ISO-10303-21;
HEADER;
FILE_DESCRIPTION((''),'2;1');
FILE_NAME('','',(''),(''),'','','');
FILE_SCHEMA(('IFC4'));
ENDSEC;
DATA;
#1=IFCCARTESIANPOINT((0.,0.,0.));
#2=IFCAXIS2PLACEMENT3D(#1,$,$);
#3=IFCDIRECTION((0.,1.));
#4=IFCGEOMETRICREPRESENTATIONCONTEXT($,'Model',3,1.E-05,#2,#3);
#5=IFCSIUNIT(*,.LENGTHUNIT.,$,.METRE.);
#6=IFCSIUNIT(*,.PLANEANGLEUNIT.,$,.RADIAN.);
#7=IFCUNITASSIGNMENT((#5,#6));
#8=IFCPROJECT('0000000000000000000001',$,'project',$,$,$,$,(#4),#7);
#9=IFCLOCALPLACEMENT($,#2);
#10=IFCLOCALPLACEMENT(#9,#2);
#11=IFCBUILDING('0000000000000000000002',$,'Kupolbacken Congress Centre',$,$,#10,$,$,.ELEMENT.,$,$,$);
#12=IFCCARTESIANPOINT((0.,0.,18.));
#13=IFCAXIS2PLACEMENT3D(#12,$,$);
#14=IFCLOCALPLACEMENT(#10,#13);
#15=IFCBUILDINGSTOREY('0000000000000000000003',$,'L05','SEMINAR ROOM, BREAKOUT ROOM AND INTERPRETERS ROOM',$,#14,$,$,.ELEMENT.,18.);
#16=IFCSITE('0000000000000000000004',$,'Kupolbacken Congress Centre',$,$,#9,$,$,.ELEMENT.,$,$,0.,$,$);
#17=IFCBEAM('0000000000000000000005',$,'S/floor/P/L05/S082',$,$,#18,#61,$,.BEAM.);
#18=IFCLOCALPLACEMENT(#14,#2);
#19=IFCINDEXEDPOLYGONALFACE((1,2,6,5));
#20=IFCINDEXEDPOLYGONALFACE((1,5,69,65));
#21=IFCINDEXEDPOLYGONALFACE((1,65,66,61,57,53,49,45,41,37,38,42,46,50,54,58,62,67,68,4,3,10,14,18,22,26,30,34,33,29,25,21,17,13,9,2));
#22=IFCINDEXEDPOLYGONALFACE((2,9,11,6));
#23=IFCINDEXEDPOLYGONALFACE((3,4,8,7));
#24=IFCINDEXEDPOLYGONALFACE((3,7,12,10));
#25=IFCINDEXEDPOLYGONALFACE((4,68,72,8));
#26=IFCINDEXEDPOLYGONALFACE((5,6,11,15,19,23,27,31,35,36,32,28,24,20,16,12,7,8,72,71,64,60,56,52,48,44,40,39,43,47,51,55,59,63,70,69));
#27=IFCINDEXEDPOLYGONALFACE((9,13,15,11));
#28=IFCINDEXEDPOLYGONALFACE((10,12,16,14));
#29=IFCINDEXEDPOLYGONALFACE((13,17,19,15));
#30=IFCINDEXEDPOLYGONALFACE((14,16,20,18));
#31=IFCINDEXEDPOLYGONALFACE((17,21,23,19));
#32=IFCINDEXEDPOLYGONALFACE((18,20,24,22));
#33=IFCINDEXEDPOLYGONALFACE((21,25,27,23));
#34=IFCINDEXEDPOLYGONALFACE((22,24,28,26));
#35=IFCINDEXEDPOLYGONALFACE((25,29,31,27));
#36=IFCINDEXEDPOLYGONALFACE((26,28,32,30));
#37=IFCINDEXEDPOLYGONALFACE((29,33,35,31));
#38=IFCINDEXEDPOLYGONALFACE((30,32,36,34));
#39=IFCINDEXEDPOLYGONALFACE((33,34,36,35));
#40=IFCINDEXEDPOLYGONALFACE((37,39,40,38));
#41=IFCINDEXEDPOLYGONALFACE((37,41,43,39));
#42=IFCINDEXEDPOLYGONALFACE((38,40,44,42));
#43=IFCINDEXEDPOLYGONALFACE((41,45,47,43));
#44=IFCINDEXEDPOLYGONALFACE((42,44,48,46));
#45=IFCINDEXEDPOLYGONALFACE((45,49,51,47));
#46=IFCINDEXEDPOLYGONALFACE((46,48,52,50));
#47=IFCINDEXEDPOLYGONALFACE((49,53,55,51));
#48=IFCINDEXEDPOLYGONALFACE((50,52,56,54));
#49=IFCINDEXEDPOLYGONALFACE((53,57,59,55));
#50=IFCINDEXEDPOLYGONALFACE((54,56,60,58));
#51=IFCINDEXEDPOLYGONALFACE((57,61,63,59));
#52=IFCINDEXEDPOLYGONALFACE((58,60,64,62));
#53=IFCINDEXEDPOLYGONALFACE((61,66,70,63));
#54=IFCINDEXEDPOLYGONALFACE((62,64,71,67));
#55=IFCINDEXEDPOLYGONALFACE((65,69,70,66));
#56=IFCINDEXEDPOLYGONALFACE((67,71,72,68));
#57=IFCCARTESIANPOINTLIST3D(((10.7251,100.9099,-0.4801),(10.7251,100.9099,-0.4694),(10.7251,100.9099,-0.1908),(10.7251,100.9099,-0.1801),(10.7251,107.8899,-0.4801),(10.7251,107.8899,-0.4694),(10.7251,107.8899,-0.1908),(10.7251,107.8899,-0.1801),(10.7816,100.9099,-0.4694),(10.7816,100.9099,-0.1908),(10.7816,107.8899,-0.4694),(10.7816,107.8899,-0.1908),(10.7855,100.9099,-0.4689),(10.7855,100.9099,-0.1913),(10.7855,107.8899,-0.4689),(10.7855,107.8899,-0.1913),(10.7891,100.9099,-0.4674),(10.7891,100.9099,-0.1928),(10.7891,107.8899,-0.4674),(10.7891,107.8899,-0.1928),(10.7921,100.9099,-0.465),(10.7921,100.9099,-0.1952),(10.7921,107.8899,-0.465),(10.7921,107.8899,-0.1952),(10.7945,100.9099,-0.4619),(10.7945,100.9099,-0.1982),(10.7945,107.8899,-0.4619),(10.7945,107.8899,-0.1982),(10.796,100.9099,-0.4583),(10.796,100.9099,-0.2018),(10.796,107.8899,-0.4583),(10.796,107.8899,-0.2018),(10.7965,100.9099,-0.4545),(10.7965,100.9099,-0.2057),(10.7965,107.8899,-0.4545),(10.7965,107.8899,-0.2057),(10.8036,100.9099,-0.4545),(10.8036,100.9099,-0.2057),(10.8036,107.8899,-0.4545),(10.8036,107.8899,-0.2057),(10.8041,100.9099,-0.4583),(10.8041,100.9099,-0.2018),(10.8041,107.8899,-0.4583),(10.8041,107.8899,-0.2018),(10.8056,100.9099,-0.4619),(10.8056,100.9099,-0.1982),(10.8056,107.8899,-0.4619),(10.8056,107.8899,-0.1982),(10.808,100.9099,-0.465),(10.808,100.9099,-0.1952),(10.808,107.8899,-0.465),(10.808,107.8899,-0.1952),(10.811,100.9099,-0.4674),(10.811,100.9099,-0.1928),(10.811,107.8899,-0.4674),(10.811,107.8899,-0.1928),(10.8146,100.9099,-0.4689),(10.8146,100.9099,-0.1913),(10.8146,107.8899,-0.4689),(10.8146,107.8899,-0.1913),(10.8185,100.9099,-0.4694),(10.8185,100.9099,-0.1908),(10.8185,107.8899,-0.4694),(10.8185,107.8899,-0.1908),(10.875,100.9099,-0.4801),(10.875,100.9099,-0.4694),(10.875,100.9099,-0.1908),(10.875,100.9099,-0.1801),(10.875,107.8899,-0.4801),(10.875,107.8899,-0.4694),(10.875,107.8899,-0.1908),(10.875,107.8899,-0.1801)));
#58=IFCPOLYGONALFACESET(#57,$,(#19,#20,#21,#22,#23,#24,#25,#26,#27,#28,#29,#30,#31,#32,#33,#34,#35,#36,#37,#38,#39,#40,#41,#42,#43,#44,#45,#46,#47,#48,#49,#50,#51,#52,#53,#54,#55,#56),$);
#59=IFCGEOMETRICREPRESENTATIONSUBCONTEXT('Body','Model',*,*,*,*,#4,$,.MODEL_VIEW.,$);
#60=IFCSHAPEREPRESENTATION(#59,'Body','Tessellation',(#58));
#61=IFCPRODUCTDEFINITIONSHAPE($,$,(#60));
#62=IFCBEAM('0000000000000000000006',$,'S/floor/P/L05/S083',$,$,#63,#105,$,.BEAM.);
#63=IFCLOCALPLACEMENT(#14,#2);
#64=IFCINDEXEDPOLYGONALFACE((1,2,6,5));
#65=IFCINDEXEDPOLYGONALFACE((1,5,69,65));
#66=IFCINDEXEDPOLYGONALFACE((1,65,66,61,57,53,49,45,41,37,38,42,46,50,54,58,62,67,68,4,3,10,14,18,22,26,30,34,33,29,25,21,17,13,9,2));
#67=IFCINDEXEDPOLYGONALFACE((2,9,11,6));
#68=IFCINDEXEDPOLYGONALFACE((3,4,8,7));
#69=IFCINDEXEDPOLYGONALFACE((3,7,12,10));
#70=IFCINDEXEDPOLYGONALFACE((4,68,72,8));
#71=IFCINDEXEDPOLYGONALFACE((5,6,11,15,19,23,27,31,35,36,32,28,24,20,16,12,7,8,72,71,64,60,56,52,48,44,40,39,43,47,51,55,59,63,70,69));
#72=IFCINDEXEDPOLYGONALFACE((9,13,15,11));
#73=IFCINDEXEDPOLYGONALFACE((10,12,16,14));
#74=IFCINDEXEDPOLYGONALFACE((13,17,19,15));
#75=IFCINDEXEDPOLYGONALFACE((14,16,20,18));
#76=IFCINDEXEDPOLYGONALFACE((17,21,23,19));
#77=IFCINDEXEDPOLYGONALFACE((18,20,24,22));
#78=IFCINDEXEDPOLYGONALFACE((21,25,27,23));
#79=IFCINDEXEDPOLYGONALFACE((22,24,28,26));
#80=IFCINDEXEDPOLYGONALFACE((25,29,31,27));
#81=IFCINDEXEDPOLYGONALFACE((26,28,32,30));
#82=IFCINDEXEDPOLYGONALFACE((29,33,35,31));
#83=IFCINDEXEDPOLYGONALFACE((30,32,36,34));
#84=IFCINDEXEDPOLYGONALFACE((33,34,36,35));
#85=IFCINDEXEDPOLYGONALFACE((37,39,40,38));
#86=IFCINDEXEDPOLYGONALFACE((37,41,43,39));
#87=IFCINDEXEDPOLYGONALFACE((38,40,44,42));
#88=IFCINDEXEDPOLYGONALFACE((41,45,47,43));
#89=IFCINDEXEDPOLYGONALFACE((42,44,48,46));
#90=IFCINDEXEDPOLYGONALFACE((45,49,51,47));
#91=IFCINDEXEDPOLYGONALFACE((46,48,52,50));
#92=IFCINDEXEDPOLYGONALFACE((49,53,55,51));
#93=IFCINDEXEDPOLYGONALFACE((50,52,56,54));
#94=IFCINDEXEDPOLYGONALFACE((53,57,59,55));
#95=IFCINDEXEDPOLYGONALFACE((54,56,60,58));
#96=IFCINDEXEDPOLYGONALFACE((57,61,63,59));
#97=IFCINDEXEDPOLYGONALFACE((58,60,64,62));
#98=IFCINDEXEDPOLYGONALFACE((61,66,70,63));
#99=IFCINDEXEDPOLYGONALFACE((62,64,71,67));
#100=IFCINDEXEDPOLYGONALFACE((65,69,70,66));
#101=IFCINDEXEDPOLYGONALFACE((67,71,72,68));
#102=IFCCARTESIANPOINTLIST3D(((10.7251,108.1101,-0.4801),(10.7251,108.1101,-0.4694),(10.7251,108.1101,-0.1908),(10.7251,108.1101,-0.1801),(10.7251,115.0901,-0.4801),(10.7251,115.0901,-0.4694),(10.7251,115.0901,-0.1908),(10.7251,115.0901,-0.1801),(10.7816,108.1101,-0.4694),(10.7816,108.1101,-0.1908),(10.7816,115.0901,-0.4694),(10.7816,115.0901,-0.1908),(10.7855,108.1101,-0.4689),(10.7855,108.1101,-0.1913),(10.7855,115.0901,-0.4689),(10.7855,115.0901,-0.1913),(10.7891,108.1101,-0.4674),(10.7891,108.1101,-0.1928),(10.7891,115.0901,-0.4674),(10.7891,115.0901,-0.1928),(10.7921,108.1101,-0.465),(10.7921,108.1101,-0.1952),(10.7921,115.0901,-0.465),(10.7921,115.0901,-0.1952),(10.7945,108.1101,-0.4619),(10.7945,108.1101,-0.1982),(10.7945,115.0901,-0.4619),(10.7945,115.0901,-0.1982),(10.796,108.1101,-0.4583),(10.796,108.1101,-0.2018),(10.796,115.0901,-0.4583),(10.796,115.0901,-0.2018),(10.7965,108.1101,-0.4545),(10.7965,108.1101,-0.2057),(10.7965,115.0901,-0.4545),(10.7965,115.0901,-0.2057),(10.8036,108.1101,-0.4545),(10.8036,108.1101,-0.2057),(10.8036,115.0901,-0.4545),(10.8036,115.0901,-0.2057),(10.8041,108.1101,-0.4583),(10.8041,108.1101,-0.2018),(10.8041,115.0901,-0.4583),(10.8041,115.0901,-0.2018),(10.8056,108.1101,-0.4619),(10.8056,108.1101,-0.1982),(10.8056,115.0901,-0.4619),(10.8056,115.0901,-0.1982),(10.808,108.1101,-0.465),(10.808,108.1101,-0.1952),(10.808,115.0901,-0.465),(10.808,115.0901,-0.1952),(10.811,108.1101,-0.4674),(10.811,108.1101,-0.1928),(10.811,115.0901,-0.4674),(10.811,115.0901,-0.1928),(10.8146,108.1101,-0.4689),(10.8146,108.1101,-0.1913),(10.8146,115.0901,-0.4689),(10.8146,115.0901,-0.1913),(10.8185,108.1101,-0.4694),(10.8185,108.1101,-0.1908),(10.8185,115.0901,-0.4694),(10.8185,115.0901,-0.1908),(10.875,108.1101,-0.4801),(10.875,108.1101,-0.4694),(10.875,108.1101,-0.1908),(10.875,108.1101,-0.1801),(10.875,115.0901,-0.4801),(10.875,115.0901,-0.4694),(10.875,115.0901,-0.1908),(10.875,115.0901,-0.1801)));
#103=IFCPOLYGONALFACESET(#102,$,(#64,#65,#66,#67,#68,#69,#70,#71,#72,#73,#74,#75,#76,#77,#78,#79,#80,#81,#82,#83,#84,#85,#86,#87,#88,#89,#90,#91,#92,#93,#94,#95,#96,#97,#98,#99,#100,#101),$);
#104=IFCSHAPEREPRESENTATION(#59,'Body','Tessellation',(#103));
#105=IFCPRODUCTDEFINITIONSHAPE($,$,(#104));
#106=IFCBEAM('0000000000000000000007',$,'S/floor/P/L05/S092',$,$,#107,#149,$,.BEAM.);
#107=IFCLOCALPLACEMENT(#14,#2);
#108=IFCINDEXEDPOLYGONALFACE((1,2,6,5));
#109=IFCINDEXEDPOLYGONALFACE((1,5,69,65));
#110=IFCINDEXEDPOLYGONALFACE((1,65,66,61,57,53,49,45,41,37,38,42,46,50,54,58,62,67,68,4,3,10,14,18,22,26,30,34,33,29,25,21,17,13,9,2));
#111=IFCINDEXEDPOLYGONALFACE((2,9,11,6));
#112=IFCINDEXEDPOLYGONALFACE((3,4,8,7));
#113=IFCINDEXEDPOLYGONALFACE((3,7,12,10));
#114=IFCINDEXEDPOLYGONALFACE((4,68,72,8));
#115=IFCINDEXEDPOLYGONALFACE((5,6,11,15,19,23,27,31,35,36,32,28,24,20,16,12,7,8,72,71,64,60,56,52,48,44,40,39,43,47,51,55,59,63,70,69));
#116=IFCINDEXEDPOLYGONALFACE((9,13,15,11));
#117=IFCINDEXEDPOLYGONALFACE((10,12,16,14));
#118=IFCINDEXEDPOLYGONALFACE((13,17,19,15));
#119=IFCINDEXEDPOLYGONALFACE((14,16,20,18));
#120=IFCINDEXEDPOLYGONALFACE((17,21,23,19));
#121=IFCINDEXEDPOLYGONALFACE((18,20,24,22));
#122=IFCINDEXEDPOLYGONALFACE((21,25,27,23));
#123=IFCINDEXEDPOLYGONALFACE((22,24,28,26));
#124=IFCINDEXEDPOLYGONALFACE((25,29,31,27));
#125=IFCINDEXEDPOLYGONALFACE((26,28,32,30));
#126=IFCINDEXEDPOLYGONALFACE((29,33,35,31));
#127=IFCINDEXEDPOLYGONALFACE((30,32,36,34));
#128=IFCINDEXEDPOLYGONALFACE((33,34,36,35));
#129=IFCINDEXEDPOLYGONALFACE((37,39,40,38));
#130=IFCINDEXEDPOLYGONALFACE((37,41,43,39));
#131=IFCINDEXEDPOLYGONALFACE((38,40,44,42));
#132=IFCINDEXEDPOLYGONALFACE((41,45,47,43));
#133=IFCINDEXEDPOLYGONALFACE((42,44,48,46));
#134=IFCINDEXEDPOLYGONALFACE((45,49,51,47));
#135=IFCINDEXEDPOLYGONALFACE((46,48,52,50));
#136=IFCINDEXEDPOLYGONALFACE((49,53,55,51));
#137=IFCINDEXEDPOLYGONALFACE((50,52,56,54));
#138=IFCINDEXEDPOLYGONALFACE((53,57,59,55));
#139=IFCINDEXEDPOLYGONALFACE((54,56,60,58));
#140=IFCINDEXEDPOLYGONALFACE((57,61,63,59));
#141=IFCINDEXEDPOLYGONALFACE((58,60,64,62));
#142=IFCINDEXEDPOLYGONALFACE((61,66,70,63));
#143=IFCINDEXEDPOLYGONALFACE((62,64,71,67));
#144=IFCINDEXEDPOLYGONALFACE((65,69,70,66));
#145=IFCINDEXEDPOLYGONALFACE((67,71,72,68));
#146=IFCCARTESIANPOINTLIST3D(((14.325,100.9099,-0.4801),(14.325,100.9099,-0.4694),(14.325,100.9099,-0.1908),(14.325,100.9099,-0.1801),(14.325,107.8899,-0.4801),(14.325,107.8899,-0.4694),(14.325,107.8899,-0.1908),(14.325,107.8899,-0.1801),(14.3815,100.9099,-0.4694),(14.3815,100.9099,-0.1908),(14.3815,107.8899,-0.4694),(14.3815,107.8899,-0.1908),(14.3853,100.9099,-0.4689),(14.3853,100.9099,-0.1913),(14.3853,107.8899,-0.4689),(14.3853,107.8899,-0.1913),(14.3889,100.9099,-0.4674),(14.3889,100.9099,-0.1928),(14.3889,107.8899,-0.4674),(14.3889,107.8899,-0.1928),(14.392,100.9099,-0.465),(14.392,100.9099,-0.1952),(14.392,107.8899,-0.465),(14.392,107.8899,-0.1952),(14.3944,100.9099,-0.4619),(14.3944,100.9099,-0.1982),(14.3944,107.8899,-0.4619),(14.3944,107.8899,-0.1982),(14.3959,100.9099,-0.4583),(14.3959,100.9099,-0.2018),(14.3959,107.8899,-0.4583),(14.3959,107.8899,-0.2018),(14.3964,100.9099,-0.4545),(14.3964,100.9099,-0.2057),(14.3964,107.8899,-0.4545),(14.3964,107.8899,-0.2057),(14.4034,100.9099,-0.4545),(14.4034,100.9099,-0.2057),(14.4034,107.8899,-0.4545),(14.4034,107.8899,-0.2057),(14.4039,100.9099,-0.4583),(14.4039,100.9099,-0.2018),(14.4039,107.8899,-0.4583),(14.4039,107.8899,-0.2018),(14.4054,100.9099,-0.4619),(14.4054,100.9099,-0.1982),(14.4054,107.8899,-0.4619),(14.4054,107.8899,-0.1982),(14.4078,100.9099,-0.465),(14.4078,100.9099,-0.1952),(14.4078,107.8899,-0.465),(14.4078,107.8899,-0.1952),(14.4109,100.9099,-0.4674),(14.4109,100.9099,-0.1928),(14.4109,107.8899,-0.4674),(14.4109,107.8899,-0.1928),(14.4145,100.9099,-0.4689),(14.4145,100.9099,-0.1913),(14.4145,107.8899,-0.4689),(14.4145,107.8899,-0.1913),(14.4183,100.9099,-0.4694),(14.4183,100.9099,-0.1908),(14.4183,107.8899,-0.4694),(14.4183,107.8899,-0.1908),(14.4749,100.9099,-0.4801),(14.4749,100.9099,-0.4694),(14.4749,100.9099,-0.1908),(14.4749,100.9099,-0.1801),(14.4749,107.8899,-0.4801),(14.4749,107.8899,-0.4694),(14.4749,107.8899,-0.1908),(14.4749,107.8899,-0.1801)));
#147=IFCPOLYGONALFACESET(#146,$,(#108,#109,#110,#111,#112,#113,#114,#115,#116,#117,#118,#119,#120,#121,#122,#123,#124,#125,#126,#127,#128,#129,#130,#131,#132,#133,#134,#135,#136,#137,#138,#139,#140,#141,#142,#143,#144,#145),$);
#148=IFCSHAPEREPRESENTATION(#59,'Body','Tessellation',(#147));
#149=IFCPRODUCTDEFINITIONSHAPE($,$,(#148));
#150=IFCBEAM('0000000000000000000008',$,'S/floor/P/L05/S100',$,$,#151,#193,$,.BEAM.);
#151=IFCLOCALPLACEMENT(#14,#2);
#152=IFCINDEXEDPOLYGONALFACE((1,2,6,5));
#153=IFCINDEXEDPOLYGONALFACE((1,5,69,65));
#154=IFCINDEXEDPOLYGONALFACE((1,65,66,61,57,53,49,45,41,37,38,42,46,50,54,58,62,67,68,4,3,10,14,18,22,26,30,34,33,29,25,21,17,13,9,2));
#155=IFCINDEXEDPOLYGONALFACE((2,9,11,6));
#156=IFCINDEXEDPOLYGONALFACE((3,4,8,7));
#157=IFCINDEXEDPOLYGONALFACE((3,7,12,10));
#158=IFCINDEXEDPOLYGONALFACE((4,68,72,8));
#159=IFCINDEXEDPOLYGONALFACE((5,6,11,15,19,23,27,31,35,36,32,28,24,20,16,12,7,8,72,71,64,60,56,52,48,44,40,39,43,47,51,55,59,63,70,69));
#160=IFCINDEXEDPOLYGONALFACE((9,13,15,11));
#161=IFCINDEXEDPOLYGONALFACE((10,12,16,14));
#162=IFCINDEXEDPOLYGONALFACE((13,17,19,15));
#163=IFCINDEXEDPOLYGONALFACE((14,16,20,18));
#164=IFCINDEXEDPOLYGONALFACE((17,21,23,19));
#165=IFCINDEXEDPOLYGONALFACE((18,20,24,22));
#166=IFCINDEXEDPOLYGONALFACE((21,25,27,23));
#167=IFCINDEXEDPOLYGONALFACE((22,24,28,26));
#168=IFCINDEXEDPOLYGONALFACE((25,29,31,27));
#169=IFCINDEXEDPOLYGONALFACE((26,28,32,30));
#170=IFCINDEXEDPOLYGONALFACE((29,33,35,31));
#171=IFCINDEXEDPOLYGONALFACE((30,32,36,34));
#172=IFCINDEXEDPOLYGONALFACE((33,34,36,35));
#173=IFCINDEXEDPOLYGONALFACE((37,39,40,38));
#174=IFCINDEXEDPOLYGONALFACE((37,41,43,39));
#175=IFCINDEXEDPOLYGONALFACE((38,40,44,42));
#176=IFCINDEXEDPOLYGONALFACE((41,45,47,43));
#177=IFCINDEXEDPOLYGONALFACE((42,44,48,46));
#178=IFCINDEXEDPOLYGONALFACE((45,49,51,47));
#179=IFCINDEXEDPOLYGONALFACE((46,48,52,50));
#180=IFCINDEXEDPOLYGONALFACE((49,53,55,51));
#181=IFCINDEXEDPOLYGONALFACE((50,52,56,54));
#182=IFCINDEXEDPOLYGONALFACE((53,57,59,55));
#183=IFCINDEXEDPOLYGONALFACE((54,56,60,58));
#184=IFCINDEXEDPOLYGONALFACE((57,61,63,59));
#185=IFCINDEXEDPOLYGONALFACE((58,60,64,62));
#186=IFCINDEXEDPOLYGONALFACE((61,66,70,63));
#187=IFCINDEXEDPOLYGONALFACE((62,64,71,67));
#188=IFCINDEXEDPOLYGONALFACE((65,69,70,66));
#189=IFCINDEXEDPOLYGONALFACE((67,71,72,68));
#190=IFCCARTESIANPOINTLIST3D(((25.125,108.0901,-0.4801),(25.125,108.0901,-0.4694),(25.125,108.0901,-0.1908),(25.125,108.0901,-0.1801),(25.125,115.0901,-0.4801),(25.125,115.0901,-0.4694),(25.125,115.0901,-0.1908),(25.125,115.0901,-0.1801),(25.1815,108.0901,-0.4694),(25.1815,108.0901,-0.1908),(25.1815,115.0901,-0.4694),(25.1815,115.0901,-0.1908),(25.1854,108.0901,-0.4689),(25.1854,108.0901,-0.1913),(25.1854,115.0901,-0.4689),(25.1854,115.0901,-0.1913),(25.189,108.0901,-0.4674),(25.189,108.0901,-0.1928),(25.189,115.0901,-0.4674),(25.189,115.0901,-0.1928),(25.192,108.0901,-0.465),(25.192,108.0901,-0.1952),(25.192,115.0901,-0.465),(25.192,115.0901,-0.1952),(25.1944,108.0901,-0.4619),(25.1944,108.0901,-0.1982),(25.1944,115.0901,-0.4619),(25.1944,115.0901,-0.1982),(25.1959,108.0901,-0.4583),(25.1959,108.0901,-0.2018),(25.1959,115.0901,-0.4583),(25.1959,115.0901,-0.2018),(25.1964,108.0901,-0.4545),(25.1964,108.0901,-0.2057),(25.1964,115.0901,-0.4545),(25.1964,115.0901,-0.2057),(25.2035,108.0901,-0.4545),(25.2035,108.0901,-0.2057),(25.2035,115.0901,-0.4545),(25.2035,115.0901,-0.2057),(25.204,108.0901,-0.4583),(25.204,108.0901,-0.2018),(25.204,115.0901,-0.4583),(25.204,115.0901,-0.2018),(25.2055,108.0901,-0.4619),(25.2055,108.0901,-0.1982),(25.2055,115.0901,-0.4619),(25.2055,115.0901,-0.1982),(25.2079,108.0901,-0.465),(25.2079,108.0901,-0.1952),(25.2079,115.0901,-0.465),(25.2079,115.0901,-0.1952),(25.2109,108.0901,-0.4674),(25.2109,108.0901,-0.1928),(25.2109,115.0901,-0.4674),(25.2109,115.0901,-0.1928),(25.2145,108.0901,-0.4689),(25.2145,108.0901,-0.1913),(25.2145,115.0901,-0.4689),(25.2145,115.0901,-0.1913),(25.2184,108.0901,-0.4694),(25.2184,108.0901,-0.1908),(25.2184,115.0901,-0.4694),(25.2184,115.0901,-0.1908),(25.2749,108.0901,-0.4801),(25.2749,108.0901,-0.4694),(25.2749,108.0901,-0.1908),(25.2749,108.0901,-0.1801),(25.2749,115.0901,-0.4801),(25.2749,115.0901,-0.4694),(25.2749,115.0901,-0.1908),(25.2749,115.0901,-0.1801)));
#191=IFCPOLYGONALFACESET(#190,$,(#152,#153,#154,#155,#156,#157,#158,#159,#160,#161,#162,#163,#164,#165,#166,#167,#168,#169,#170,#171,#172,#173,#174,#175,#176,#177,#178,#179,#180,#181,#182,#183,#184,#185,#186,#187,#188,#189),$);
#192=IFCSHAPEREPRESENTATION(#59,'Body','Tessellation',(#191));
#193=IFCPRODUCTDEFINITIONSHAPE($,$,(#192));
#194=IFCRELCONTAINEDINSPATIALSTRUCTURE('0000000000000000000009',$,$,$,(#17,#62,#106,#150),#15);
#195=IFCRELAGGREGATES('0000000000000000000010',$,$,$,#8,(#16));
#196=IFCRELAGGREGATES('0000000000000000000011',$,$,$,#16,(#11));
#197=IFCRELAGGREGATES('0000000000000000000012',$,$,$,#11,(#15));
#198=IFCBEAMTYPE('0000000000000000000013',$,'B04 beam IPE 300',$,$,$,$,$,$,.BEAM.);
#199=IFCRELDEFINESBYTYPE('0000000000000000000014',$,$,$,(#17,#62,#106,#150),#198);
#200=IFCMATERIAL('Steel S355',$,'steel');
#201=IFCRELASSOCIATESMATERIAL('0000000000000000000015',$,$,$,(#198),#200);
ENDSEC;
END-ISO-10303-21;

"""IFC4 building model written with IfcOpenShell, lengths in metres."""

from ifc_helpers import new_model, si_unit, direction, frame, origin, origin_2d, place, context, subcontext, project, spatial, i_section, extrude, material, material_profile, profile_set, type_object, element, save


model = new_model("IFC4")

# Units and contexts
model_context = context("Model", 3, precision=1e-05, world=origin(), true_north=direction((0.0, 1.0)))
body_context = subcontext(model_context, "Body", "Model", "MODEL_VIEW")
ifc_project = project(units=[si_unit("LENGTHUNIT", "METRE"), si_unit("PLANEANGLEUNIT", "RADIAN")], contexts=[model_context])

# Site, building, storey
site_placement = place(None, origin())
site = spatial("IfcSite", under=ifc_project, at=site_placement, Name="Kupolbacken Congress Centre", CompositionType="ELEMENT", RefElevation=0.0)
building_placement = place(site_placement, origin())
building = spatial("IfcBuilding", under=site, at=building_placement, Name="Kupolbacken Congress Centre", CompositionType="ELEMENT")
storey_placement = place(building_placement, frame((0.0, 0.0, 18.0)))
storey = spatial("IfcBuildingStorey", under=building, at=storey_placement, Name="L05", Description="SEMINAR ROOM, BREAKOUT ROOM AND INTERPRETERS ROOM", CompositionType="ELEMENT", Elevation=18.0)

# Beams
ifc_material_1 = material(Name="Steel S355", Category="steel")
ifc_material_profile_1 = material_profile(ifc_material_1, i_section(OverallWidth=0.1499, OverallDepth=0.3, WebThickness=0.0071, FlangeThickness=0.0107, FilletRadius=0.0149, at=origin_2d()), Name="IPE 300")
ifc_profile_set_1 = profile_set([ifc_material_profile_1], Name="Steel S355")
beam_type_1 = type_object("IfcBeamType", Name="B04 beam IPE 300", PredefinedType="BEAM", material=ifc_profile_set_1)
for number, where, z_axis, x_axis, name in (
    (1, (10.8, 100.9099, -0.3301), (0.0, 1.0, 0.0), (-1.0, 0.0, 0.0), "S/floor/P/L05/S082"),
    (2, (10.8, 108.1101, -0.3301), (0.0, 1.0, 0.0), (-1.0, 0.0, 0.0), "S/floor/P/L05/S083"),
    (3, (14.3999, 100.9099, -0.3301), (0.0, 1.0, 0.0), (-1.0, 0.0, 0.0), "S/floor/P/L05/S092"),
):
    element("IfcBeam", number, at=place(storey_placement, frame(where, z_axis=z_axis, x_axis=x_axis)), inside=storey, type_object=beam_type_1, Name=name, PredefinedType="BEAM", context=body_context, shape_type="SweptSolid", body=[
        extrude(i_section(OverallWidth=0.1499, OverallDepth=0.3, WebThickness=0.0071, FlangeThickness=0.0107, FilletRadius=0.0149, at=origin_2d()), origin(), (0.0, 0.0, 1.0), 6.98),
    ])
for number, where, z_axis, x_axis, name in (
    (4, (25.2, 108.0901, -0.3301), (0.0, 1.0, 0.0), (-1.0, 0.0, 0.0), "S/floor/P/L05/S100"),
):
    element("IfcBeam", number, at=place(storey_placement, frame(where, z_axis=z_axis, x_axis=x_axis)), inside=storey, type_object=beam_type_1, Name=name, PredefinedType="BEAM", context=body_context, shape_type="SweptSolid", body=[
        extrude(i_section(OverallWidth=0.1499, OverallDepth=0.3, WebThickness=0.0071, FlangeThickness=0.0107, FilletRadius=0.0149, at=origin_2d()), origin(), (0.0, 0.0, 1.0), 7.0),
    ])

save(model, "model.ifc")
